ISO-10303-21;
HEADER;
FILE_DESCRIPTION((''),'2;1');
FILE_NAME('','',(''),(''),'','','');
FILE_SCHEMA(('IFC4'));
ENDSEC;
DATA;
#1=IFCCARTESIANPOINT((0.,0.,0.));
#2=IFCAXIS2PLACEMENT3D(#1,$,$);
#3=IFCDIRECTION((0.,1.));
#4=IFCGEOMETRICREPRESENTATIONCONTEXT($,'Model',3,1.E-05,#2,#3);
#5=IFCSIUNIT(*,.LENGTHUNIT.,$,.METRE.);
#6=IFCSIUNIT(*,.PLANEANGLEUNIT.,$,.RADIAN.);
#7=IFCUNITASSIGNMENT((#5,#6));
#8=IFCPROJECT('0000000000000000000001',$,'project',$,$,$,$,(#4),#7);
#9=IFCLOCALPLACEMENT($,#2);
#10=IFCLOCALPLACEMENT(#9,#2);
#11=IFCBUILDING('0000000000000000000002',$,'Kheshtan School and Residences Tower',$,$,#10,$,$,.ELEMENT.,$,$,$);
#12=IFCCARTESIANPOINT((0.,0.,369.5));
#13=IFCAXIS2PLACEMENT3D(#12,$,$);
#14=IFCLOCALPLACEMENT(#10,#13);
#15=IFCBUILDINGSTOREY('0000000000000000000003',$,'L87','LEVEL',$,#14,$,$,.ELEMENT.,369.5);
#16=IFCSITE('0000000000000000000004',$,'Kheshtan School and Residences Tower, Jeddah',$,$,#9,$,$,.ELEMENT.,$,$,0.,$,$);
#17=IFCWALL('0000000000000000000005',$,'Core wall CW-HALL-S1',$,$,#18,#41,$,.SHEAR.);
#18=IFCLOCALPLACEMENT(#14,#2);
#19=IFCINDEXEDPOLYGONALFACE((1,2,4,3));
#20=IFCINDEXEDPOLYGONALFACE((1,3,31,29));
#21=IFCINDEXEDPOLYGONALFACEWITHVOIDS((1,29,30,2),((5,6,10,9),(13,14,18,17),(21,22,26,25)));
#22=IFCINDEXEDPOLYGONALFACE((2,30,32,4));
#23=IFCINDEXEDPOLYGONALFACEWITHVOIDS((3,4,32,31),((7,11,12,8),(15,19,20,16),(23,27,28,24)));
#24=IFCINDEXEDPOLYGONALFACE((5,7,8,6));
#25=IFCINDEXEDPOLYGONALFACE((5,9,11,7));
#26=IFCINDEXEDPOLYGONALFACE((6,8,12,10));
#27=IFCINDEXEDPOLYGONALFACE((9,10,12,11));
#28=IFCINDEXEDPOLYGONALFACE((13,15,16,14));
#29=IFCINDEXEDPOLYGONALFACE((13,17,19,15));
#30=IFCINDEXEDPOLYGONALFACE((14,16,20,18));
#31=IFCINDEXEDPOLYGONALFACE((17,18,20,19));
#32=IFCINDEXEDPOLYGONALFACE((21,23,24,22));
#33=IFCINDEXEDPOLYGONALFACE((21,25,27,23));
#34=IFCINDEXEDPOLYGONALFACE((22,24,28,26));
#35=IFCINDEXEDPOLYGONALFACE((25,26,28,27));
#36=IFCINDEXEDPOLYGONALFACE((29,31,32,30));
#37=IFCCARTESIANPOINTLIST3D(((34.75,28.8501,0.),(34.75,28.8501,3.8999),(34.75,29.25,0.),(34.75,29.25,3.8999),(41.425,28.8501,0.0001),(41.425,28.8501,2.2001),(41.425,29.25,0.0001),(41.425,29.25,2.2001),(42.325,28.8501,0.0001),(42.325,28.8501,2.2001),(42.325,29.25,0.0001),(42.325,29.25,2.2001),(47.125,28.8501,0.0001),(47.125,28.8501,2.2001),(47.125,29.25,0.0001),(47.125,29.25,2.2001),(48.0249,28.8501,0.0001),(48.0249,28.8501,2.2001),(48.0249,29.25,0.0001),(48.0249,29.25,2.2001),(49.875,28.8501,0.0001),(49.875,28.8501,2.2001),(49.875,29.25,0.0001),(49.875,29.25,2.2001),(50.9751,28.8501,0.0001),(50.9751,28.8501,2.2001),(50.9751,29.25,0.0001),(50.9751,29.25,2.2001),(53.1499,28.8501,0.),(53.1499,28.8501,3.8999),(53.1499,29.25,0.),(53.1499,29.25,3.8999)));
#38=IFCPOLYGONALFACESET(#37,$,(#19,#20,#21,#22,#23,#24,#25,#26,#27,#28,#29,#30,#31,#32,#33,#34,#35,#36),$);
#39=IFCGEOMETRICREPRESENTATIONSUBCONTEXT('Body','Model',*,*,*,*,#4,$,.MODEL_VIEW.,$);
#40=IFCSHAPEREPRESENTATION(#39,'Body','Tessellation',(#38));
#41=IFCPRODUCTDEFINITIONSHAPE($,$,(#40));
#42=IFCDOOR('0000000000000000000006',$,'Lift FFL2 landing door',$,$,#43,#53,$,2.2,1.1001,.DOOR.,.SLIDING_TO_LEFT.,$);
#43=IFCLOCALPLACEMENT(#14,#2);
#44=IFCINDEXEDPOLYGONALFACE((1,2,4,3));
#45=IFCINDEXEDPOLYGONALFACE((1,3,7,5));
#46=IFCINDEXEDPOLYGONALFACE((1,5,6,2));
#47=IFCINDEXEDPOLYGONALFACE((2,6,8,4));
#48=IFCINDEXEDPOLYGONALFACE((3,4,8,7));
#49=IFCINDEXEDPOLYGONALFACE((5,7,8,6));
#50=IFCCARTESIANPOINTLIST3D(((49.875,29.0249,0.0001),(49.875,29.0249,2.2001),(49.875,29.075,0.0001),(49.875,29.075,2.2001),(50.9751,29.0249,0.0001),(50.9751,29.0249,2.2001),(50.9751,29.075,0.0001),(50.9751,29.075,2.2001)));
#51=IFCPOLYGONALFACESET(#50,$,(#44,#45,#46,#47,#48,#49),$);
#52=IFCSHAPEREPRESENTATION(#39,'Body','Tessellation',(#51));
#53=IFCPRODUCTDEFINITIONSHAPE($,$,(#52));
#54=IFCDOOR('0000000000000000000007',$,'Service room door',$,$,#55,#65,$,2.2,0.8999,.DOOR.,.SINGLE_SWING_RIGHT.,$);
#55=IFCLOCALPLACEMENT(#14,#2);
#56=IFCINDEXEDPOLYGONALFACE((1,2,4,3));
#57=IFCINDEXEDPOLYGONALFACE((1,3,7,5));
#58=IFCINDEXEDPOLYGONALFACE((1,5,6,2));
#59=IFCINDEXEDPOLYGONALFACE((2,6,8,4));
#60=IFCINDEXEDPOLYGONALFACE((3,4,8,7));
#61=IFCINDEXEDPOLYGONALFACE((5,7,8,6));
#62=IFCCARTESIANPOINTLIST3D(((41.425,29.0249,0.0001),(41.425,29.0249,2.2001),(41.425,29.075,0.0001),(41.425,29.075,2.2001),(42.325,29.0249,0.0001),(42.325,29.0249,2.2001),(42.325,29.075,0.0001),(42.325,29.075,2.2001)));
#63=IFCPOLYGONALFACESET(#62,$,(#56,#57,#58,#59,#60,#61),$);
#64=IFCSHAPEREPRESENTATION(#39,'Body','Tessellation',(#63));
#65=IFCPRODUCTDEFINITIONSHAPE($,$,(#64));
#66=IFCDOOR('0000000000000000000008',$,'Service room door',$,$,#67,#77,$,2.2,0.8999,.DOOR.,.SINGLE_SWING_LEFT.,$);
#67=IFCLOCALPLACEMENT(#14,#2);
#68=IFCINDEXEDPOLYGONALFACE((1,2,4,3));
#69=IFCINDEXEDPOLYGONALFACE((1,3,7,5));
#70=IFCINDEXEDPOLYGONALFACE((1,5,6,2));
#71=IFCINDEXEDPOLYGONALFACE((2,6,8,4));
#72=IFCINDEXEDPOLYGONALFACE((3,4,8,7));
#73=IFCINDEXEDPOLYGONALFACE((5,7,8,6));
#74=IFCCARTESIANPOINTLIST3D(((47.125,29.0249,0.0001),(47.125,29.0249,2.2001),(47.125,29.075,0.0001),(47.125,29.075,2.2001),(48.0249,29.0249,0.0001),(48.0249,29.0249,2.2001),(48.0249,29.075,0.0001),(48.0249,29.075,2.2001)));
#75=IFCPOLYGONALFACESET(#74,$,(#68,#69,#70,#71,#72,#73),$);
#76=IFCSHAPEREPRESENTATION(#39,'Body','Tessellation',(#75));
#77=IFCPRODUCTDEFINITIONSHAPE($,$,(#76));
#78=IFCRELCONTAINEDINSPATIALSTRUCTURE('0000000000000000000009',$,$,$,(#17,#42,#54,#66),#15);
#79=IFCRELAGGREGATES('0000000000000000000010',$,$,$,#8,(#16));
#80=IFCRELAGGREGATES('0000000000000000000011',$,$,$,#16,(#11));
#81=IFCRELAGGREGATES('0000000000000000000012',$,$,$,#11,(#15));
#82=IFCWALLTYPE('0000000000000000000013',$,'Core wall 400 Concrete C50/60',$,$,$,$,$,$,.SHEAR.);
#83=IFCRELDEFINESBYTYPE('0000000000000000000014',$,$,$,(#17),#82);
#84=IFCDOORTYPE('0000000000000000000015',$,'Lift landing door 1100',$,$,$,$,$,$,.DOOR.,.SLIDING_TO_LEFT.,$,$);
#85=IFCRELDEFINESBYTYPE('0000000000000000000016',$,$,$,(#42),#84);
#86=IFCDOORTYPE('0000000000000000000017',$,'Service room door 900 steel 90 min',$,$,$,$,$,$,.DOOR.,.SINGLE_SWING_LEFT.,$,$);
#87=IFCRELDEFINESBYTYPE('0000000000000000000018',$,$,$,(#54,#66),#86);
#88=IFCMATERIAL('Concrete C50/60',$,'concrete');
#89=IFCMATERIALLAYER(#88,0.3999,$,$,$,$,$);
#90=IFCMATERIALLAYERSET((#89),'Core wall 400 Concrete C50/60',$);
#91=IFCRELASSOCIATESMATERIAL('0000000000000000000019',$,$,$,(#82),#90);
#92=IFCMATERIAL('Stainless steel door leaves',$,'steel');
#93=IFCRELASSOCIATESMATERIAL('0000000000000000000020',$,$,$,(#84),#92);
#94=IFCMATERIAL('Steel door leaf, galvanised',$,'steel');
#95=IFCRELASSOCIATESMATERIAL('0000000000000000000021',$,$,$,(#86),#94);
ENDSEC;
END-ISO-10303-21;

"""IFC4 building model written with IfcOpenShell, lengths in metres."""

from ifc_helpers import new_model, si_unit, direction, frame, frame_2d, origin, place, context, subcontext, project, spatial, rectangle, extrude, source, transform, mapped, material, layer, layer_set, type_object, element, fill, save


model = new_model("IFC4")

# Units and contexts
model_context = context("Model", 3, precision=1e-05, world=origin(), true_north=direction((0.0, 1.0)))
body_context = subcontext(model_context, "Body", "Model", "MODEL_VIEW")
ifc_project = project(units=[si_unit("LENGTHUNIT", "METRE"), si_unit("PLANEANGLEUNIT", "RADIAN")], contexts=[model_context])

# Site, building, storey
site_placement = place(None, origin())
site = spatial("IfcSite", under=ifc_project, at=site_placement, Name="Kheshtan School and Residences Tower, Jeddah", CompositionType="ELEMENT", RefElevation=0.0)
building_placement = place(site_placement, origin())
building = spatial("IfcBuilding", under=site, at=building_placement, Name="Kheshtan School and Residences Tower", CompositionType="ELEMENT")
storey_placement = place(building_placement, frame((0.0, 0.0, 369.5)))
storey = spatial("IfcBuildingStorey", under=building, at=storey_placement, Name="L87", Description="LEVEL", CompositionType="ELEMENT", Elevation=369.5)

# Wall, openings, doors
ifc_material_1 = material(Name="Concrete C50/60", Category="concrete")
ifc_layer_1 = layer(ifc_material_1, 0.3999)
ifc_layer_set_1 = layer_set([ifc_layer_1], Name="Core wall 400 Concrete C50/60")
wall_type_1 = type_object("IfcWallType", Name="Core wall 400 Concrete C50/60", PredefinedType="SHEAR", material=ifc_layer_set_1)
wall_1_placement = place(storey_placement, frame((34.75, 29.05, 0.0), z_axis=(0.0, 0.0, 1.0), x_axis=(1.0, 0.0, 0.0)))
wall_1 = element("IfcWall", 1, at=wall_1_placement, inside=storey, type_object=wall_type_1, Name="Core wall CW-HALL-S1", PredefinedType="SHEAR", context=body_context, shape_type="SweptSolid", body=[
    extrude(rectangle(XDim=18.3999, YDim=0.3999, at=frame_2d((9.2, 0.0))), origin(), (0.0, 0.0, 1.0), 3.8999),
])
opening_1_placement = place(wall_1_placement, frame((15.125, 0.0, 0.0)))
opening_1 = element("IfcOpeningElement", 2, at=opening_1_placement, cuts=wall_1, PredefinedType="OPENING", context=body_context, shape_type="SweptSolid", body=[
    extrude(rectangle(XDim=1.1001, YDim=2.2, at=frame_2d((0.55, 1.1001))), frame((0.0, 0.21, 0.0), z_axis=(0.0, -1.0, 0.0), x_axis=(1.0, 0.0, 0.0)), (0.0, 0.0, 1.0), 0.4199),
])
opening_2_placement = place(wall_1_placement, frame((6.675, 0.0, 0.0)))
opening_2 = element("IfcOpeningElement", 3, at=opening_2_placement, cuts=wall_1, PredefinedType="OPENING", context=body_context, shape_type="SweptSolid", body=[
    extrude(rectangle(XDim=0.8999, YDim=2.2, at=frame_2d((0.45, 1.1001))), frame((0.0, 0.21, 0.0), z_axis=(0.0, -1.0, 0.0), x_axis=(1.0, 0.0, 0.0)), (0.0, 0.0, 1.0), 0.4199),
])
opening_3_placement = place(wall_1_placement, frame((12.375, 0.0, 0.0)))
opening_3 = element("IfcOpeningElement", 4, at=opening_3_placement, cuts=wall_1, PredefinedType="OPENING", context=body_context, shape_type="SweptSolid", body=[
    extrude(rectangle(XDim=0.8999, YDim=2.2, at=frame_2d((0.45, 1.1001))), frame((0.0, 0.21, 0.0), z_axis=(0.0, -1.0, 0.0), x_axis=(1.0, 0.0, 0.0)), (0.0, 0.0, 1.0), 0.4199),
])
ifc_material_2 = material(Name="Stainless steel door leaves", Category="steel")
door_type_1 = type_object("IfcDoorType", Name="Lift landing door 1100", OperationType="SLIDING_TO_LEFT", PredefinedType="DOOR", material=ifc_material_2)
shared_shape_1 = source(origin(), body_context, "Body", "SweptSolid", [
    extrude(rectangle(XDim=1.1001, YDim=2.2, at=frame_2d((0.55, 1.1001))), frame((0.0, 0.0249, 0.0), z_axis=(0.0, -1.0, 0.0), x_axis=(1.0, 0.0, 0.0)), (0.0, 0.0, 1.0), 0.05),
])
door_1_placement = place(opening_1_placement, origin())
door_1 = element("IfcDoor", 5, at=door_1_placement, inside=storey, type_object=door_type_1, Name="Lift FFL2 landing door", OperationType="SLIDING_TO_LEFT", OverallHeight=2.2, OverallWidth=1.1001, PredefinedType="DOOR", context=body_context, shape_type="MappedRepresentation", body=[
    mapped(shared_shape_1, transform((0.0, 0.0, 0.0), x_axis=(1.0, 0.0, 0.0), y_axis=(0.0, 1.0, 0.0), z_axis=(0.0, 0.0, 1.0), scale=1.0)),
])
fill(opening_1, door_1)
ifc_material_3 = material(Name="Steel door leaf, galvanised", Category="steel")
door_type_2 = type_object("IfcDoorType", Name="Service room door 900 steel 90 min", OperationType="SINGLE_SWING_LEFT", PredefinedType="DOOR", material=ifc_material_3)
shared_shape_2 = source(origin(), body_context, "Body", "SweptSolid", [
    extrude(rectangle(XDim=0.8999, YDim=2.2, at=frame_2d((0.45, 1.1001))), frame((0.0, 0.0249, 0.0), z_axis=(0.0, -1.0, 0.0), x_axis=(1.0, 0.0, 0.0)), (0.0, 0.0, 1.0), 0.05),
])
door_2_placement = place(opening_2_placement, origin())
door_2 = element("IfcDoor", 6, at=door_2_placement, inside=storey, type_object=door_type_2, Name="Service room door", OperationType="SINGLE_SWING_RIGHT", OverallHeight=2.2, OverallWidth=0.8999, PredefinedType="DOOR", context=body_context, shape_type="MappedRepresentation", body=[
    mapped(shared_shape_2, transform((0.0, 0.0, 0.0), x_axis=(1.0, 0.0, 0.0), y_axis=(0.0, 1.0, 0.0), z_axis=(0.0, 0.0, 1.0), scale=1.0)),
])
fill(opening_2, door_2)
door_3_placement = place(opening_3_placement, origin())
door_3 = element("IfcDoor", 7, at=door_3_placement, inside=storey, type_object=door_type_2, Name="Service room door", OperationType="SINGLE_SWING_LEFT", OverallHeight=2.2, OverallWidth=0.8999, PredefinedType="DOOR", context=body_context, shape_type="MappedRepresentation", body=[
    mapped(shared_shape_2, transform((0.0, 0.0, 0.0), x_axis=(1.0, 0.0, 0.0), y_axis=(0.0, 1.0, 0.0), z_axis=(0.0, 0.0, 1.0), scale=1.0)),
])
fill(opening_3, door_3)

save(model, "model.ifc")
